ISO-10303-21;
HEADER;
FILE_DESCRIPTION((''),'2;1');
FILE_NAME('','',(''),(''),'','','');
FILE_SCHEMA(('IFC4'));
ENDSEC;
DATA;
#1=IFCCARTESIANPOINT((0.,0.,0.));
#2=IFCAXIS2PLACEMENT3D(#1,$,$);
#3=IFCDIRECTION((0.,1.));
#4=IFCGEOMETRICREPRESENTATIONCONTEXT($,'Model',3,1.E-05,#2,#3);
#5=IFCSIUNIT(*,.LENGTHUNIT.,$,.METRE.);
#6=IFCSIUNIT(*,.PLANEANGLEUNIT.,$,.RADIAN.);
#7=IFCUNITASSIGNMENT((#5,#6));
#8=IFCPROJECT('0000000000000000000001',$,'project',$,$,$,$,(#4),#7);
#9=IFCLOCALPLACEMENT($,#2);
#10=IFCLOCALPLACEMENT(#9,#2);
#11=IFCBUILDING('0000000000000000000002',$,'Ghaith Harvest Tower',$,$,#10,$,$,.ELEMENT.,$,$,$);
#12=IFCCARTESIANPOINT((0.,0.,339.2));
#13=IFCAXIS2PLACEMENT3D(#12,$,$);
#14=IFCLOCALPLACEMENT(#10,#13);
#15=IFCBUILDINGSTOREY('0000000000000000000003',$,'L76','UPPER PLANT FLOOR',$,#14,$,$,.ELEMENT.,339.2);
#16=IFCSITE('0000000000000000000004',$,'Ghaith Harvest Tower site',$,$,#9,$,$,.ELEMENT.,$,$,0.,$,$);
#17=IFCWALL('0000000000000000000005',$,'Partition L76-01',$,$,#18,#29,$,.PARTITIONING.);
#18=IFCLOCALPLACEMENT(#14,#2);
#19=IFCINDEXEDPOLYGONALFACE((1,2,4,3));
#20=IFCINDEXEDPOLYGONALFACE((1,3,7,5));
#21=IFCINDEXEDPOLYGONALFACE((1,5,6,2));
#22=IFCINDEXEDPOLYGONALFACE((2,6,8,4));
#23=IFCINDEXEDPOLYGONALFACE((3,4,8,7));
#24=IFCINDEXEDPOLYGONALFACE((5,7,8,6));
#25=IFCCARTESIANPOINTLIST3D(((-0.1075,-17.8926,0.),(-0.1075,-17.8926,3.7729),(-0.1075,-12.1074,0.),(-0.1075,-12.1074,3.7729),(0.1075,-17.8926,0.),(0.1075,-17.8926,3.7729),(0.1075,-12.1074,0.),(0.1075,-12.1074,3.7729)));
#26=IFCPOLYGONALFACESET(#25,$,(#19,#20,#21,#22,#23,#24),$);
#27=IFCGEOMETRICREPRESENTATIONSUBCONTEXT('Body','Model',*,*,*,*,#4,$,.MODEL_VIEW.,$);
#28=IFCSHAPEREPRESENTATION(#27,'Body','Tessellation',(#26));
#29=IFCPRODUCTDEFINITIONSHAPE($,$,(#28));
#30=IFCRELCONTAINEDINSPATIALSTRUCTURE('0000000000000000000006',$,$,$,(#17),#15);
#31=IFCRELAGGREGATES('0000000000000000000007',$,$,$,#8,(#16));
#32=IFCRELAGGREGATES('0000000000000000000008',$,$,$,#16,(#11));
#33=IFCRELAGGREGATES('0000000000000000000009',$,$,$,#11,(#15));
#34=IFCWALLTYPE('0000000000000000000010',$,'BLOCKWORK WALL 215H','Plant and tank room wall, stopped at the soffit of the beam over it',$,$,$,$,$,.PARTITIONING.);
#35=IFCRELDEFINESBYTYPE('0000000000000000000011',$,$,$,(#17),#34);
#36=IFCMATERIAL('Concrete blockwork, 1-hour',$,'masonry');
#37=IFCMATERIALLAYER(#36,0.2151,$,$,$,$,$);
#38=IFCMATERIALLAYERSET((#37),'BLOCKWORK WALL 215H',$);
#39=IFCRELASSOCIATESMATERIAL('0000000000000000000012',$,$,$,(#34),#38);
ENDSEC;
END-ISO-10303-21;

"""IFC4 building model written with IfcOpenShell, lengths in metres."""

from ifc_helpers import new_model, si_unit, direction, frame, frame_2d, origin, place, context, subcontext, project, spatial, rectangle, extrude, material, layer, layer_set, type_object, element, save


model = new_model("IFC4")

# Units and contexts
model_context = context("Model", 3, precision=1e-05, world=origin(), true_north=direction((0.0, 1.0)))
body_context = subcontext(model_context, "Body", "Model", "MODEL_VIEW")
ifc_project = project(units=[si_unit("LENGTHUNIT", "METRE"), si_unit("PLANEANGLEUNIT", "RADIAN")], contexts=[model_context])

# Site, building, storey
site_placement = place(None, origin())
site = spatial("IfcSite", under=ifc_project, at=site_placement, Name="Ghaith Harvest Tower site", CompositionType="ELEMENT", RefElevation=0.0)
building_placement = place(site_placement, origin())
building = spatial("IfcBuilding", under=site, at=building_placement, Name="Ghaith Harvest Tower", CompositionType="ELEMENT")
storey_placement = place(building_placement, frame((0.0, 0.0, 339.2)))
storey = spatial("IfcBuildingStorey", under=building, at=storey_placement, Name="L76", Description="UPPER PLANT FLOOR", CompositionType="ELEMENT", Elevation=339.2)

# Wall
ifc_material_1 = material(Name="Concrete blockwork, 1-hour", Category="masonry")
ifc_layer_1 = layer(ifc_material_1, 0.2151)
ifc_layer_set_1 = layer_set([ifc_layer_1], Name="BLOCKWORK WALL 215H")
wall_type_1 = type_object("IfcWallType", Name="BLOCKWORK WALL 215H", Description="Plant and tank room wall, stopped at the soffit of the beam over it", PredefinedType="PARTITIONING", material=ifc_layer_set_1)
wall_1_placement = place(storey_placement, frame((0.0, -17.8926, 0.0), z_axis=(0.0, 0.0, 1.0), x_axis=(0.0, 1.0, 0.0)))
element("IfcWall", 1, at=wall_1_placement, inside=storey, type_object=wall_type_1, Name="Partition L76-01", PredefinedType="PARTITIONING", context=body_context, shape_type="SweptSolid", body=[
    extrude(rectangle(XDim=5.7852, YDim=0.2151, at=frame_2d((2.8926, 0.0))), origin(), (0.0, 0.0, 1.0), 3.7729),
])

save(model, "model.ifc")
